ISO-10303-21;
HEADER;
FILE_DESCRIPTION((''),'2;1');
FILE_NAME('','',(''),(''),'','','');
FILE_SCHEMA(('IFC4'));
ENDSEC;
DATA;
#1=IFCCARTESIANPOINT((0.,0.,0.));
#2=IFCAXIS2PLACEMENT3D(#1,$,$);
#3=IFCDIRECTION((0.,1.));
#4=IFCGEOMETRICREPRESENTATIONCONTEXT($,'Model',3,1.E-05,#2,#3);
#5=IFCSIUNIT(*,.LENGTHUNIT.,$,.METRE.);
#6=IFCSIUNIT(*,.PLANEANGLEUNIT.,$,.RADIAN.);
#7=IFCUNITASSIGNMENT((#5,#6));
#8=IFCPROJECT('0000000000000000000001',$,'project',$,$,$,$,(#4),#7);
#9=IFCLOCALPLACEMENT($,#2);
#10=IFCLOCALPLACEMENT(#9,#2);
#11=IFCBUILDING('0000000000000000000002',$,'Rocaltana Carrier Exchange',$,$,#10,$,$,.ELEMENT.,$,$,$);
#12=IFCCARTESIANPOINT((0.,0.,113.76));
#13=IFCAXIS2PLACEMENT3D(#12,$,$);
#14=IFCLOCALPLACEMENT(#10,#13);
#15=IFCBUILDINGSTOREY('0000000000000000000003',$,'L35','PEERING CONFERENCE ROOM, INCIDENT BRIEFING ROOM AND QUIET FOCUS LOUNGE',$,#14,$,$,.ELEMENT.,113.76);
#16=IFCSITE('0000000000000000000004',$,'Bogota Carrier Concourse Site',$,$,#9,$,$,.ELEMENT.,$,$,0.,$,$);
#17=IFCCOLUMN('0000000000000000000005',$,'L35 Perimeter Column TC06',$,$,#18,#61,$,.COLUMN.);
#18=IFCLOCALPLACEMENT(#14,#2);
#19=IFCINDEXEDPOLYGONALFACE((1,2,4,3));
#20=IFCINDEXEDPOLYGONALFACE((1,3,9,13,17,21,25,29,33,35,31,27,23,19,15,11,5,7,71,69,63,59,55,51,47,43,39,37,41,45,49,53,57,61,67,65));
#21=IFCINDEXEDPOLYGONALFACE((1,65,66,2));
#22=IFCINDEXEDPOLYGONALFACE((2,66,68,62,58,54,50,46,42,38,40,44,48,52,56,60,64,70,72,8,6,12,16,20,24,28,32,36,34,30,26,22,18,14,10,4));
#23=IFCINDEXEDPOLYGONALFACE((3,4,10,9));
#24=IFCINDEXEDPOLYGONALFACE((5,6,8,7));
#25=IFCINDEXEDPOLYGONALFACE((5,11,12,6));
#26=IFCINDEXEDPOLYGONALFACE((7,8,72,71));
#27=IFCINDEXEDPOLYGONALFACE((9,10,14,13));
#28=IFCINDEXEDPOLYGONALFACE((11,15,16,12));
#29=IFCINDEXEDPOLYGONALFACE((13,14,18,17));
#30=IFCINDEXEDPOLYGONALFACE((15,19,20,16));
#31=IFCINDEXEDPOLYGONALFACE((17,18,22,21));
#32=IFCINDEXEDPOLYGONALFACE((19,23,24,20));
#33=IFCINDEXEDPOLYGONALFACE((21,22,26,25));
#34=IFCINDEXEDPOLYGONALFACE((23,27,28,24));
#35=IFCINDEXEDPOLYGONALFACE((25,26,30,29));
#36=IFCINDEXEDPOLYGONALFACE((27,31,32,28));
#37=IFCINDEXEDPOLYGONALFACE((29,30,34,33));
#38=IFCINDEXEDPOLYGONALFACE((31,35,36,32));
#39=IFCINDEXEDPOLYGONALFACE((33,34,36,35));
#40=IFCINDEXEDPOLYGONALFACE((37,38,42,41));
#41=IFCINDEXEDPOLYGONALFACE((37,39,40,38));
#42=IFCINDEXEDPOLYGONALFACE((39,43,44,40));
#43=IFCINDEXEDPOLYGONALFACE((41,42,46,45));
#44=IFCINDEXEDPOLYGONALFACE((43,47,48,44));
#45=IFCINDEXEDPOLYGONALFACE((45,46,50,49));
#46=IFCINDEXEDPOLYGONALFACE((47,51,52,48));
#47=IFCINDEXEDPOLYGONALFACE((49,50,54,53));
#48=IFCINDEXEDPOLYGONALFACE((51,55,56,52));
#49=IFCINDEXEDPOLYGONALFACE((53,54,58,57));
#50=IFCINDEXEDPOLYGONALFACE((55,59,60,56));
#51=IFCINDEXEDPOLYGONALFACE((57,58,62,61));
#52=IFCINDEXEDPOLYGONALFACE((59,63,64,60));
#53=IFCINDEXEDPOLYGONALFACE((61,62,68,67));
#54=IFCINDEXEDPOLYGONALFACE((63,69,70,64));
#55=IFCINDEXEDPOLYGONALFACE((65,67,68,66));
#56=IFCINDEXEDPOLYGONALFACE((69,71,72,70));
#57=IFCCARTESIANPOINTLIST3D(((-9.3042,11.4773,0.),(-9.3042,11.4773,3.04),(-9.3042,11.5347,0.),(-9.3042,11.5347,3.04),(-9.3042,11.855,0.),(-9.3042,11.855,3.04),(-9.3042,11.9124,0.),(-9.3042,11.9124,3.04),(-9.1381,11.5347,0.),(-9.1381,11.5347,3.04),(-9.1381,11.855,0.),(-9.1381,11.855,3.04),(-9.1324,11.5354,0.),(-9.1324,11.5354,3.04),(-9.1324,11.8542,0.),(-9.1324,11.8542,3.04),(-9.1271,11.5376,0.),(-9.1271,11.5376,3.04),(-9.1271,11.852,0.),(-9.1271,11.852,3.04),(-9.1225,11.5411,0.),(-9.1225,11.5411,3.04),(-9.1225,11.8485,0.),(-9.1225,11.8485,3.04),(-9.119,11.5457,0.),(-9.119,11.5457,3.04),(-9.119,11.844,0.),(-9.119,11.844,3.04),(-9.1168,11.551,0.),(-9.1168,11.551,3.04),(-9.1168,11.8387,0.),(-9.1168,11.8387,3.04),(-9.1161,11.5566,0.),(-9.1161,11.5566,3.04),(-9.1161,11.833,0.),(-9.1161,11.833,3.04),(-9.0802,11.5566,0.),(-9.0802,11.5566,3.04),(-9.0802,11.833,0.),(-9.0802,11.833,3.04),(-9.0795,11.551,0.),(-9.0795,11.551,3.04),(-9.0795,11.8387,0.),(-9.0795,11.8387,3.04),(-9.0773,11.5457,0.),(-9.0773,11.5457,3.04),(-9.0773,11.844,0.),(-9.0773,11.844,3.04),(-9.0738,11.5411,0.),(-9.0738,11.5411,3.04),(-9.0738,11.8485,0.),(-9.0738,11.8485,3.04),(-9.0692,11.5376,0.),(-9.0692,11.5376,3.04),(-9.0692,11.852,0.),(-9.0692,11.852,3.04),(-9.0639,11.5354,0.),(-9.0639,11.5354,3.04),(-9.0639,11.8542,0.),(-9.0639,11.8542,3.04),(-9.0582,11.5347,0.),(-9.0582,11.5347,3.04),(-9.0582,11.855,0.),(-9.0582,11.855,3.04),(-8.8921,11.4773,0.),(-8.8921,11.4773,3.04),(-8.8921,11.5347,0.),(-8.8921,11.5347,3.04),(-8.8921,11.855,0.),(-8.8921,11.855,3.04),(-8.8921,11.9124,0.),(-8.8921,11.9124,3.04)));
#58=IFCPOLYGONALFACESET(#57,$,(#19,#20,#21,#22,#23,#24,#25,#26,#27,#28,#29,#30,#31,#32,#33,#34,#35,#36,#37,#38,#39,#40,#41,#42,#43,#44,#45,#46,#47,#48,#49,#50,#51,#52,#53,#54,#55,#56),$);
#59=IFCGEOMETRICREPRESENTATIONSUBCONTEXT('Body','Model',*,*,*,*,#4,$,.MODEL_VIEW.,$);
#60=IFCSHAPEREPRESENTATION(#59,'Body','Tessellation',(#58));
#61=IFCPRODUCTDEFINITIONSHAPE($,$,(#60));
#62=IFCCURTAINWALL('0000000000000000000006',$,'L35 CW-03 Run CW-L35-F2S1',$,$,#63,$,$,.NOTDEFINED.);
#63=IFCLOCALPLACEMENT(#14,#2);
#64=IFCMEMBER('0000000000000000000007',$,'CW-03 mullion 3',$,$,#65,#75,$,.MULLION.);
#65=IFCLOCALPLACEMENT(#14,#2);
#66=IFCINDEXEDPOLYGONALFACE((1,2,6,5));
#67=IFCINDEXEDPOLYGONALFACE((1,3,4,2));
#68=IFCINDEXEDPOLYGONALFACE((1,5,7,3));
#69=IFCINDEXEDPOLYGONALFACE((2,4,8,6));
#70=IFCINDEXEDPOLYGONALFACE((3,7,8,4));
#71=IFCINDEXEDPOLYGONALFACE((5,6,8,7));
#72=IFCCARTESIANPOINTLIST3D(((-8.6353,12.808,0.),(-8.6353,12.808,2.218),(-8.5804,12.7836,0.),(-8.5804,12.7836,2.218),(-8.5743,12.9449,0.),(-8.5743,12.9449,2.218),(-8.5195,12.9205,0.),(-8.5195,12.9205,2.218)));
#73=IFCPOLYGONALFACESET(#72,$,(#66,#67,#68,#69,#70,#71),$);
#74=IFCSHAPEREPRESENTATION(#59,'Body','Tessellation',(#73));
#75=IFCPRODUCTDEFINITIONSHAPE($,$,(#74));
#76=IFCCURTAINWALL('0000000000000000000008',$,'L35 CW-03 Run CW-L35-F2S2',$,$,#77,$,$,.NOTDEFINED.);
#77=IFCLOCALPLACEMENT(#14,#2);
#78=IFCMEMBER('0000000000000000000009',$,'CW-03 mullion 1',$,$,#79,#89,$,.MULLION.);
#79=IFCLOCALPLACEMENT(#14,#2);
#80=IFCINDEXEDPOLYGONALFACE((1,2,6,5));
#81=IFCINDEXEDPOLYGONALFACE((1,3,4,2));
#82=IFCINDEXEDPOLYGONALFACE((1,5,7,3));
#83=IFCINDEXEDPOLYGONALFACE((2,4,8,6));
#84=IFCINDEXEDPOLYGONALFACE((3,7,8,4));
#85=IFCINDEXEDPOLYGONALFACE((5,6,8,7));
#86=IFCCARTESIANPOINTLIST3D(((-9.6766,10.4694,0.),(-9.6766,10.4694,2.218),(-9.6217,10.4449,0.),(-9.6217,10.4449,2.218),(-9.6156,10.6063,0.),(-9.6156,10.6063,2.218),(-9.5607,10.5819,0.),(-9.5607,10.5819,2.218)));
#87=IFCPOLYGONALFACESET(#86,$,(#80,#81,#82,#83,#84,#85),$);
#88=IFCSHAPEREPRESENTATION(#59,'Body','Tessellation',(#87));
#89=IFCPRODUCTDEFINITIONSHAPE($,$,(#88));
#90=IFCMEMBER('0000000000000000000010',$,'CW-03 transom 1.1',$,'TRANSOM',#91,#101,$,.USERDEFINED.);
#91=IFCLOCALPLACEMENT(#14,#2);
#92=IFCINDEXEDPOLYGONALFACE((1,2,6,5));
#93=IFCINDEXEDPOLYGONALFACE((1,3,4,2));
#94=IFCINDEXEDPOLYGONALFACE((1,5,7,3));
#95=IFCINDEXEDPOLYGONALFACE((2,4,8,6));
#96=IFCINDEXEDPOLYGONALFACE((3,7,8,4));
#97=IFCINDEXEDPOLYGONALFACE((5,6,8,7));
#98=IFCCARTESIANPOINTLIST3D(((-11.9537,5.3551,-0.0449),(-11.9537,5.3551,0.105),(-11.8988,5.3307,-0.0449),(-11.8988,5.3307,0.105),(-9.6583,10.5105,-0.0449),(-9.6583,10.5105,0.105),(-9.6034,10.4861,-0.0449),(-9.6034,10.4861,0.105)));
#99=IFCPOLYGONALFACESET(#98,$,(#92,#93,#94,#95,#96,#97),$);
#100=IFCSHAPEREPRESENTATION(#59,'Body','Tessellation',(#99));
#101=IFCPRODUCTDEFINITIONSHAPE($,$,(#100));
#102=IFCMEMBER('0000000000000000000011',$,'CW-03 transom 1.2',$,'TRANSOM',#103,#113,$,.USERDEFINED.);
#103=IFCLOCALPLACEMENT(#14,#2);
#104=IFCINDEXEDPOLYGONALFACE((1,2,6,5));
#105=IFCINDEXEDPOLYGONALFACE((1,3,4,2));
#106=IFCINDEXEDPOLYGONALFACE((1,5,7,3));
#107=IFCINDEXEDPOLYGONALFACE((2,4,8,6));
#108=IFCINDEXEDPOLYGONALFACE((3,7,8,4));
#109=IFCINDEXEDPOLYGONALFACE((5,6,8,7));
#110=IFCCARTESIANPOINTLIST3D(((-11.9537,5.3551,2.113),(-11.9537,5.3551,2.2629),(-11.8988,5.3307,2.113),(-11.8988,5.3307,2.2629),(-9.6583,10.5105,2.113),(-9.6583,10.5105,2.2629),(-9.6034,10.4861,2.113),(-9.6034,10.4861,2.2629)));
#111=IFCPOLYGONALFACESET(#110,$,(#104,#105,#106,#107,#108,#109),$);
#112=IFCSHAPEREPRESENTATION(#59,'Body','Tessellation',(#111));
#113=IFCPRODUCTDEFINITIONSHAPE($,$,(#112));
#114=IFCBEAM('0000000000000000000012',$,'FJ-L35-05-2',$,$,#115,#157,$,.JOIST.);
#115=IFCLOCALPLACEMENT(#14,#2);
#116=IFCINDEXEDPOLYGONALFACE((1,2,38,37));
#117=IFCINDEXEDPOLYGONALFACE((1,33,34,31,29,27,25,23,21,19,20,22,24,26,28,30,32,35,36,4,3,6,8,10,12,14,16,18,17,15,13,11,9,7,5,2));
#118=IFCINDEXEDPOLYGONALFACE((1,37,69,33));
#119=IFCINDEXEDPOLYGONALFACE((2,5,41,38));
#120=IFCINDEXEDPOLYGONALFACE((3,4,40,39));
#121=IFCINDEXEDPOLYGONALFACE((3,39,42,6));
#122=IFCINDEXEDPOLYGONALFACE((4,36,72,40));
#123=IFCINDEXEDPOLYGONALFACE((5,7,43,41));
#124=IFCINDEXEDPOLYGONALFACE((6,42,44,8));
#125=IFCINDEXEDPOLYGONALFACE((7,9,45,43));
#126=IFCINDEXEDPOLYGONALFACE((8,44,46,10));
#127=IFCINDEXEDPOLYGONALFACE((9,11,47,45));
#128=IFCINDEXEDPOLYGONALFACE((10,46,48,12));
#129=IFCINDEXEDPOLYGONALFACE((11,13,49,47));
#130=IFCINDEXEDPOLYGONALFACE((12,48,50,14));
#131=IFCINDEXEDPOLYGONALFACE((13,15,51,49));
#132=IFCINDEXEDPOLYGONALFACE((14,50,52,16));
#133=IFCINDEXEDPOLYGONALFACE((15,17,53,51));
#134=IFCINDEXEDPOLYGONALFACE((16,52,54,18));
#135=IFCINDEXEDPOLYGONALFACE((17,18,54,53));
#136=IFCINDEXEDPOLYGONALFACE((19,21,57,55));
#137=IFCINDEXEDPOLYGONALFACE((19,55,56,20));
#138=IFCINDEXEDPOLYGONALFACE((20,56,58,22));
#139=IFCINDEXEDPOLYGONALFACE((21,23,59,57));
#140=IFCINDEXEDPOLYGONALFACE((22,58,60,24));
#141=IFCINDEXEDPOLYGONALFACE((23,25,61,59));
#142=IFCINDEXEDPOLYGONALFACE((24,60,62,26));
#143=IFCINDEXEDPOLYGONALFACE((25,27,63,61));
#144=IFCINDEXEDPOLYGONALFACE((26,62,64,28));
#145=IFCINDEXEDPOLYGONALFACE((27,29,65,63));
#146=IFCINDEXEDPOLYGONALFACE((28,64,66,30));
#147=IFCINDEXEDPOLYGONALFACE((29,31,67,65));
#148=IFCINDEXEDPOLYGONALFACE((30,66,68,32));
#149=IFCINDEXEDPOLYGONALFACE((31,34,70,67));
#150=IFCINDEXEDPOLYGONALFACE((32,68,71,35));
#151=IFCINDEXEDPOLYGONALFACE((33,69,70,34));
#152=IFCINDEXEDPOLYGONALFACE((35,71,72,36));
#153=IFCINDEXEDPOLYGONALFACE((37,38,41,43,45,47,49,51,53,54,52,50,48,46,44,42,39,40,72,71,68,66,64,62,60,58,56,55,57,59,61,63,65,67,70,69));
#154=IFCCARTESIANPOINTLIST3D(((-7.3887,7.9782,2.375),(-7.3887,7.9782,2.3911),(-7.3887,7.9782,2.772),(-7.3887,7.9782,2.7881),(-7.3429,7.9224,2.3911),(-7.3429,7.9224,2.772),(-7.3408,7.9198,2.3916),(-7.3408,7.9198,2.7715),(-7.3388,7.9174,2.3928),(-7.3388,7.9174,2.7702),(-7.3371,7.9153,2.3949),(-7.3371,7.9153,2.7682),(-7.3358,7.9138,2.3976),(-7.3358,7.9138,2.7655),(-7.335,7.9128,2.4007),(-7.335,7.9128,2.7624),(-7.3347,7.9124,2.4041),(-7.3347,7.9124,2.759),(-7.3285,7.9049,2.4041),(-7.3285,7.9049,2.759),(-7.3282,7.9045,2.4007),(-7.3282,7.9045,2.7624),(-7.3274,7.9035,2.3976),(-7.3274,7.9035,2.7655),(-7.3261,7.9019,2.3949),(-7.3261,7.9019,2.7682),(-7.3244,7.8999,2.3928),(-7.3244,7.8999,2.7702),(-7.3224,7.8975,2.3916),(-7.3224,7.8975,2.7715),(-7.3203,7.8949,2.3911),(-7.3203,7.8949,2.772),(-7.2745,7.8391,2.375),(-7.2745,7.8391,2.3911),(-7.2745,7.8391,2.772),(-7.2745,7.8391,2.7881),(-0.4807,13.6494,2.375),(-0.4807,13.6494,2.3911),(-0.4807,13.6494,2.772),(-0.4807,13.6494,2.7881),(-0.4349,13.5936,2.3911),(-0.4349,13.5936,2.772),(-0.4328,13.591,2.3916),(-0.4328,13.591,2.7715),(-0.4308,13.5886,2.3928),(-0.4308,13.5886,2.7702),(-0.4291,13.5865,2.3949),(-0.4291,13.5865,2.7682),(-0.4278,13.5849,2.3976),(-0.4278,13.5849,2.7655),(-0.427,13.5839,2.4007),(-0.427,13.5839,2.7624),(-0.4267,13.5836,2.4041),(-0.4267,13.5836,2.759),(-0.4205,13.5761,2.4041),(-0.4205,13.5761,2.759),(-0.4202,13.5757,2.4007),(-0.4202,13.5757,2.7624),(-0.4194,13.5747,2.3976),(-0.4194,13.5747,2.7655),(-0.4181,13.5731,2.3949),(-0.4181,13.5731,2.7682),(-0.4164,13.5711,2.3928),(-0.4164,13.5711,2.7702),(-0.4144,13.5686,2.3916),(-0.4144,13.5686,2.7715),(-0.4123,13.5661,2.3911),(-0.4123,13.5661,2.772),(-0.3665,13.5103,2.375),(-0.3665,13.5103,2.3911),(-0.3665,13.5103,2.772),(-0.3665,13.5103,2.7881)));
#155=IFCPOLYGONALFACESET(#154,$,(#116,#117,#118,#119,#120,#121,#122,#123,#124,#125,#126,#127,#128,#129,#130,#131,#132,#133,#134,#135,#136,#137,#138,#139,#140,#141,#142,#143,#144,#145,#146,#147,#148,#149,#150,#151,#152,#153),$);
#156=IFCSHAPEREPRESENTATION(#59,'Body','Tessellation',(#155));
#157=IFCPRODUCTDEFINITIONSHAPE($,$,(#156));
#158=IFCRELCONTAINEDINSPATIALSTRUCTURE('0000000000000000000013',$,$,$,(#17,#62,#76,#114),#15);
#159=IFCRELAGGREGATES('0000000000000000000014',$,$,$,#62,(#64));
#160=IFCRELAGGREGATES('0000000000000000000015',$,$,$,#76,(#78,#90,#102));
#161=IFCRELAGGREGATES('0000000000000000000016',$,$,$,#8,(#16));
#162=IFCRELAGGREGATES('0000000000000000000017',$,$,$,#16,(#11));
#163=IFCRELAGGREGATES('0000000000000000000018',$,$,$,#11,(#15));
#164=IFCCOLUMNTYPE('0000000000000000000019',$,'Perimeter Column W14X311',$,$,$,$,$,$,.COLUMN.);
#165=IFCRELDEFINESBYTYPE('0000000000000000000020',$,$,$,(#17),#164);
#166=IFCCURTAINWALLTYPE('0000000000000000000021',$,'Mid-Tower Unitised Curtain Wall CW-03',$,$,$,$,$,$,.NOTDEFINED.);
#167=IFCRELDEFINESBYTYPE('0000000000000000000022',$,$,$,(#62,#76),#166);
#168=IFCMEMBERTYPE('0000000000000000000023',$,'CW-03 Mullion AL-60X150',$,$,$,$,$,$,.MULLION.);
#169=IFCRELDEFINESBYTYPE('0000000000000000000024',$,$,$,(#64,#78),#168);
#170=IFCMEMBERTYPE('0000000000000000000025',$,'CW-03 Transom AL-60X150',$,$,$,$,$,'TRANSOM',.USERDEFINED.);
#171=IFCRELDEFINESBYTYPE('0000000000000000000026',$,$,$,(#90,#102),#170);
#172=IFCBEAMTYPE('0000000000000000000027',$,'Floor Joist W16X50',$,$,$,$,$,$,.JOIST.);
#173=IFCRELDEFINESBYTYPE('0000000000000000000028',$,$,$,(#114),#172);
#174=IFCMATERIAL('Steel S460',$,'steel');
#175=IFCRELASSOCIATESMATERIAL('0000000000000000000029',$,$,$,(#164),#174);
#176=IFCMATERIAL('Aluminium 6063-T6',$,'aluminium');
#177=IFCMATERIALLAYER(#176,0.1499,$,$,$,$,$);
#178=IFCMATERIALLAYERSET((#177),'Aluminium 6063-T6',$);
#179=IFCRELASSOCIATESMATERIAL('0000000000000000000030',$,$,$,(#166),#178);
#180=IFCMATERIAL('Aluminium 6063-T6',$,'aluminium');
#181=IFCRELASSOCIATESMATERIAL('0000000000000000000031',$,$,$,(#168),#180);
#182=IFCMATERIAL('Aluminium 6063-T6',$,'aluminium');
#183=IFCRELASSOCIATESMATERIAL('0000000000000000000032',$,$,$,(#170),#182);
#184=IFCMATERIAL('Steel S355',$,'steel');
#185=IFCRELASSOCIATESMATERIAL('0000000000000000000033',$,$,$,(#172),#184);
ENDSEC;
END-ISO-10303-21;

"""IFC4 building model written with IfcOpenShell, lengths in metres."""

from ifc_helpers import new_model, si_unit, direction, frame, origin, origin_2d, place, context, subcontext, project, spatial, rectangle, i_section, extrude, material, layer, layer_set, material_profile, profile_set, type_object, element, aggregate, save


model = new_model("IFC4")

# Units and contexts
model_context = context("Model", 3, precision=1e-05, world=origin(), true_north=direction((0.0, 1.0)))
body_context = subcontext(model_context, "Body", "Model", "MODEL_VIEW")
ifc_project = project(units=[si_unit("LENGTHUNIT", "METRE"), si_unit("PLANEANGLEUNIT", "RADIAN")], contexts=[model_context])

# Site, building, storey
site_placement = place(None, origin())
site = spatial("IfcSite", under=ifc_project, at=site_placement, Name="Bogota Carrier Concourse Site", CompositionType="ELEMENT", RefElevation=0.0)
building_placement = place(site_placement, origin())
building = spatial("IfcBuilding", under=site, at=building_placement, Name="Rocaltana Carrier Exchange", CompositionType="ELEMENT")
storey_placement = place(building_placement, frame((0.0, 0.0, 113.76)))
storey = spatial("IfcBuildingStorey", under=building, at=storey_placement, Name="L35", Description="PEERING CONFERENCE ROOM, INCIDENT BRIEFING ROOM AND QUIET FOCUS LOUNGE", CompositionType="ELEMENT", Elevation=113.76)

# Column
ifc_material_1 = material(Name="Steel S460", Category="steel")
ifc_material_profile_1 = material_profile(ifc_material_1, i_section(OverallWidth=0.4121, OverallDepth=0.4351, WebThickness=0.0359, FlangeThickness=0.0574, FilletRadius=0.022, at=origin_2d()), Name="W14X311")
ifc_profile_set_1 = profile_set([ifc_material_profile_1], Name="Steel S460")
column_type = type_object("IfcColumnType", Name="Perimeter Column W14X311", PredefinedType="COLUMN", material=ifc_profile_set_1)
column_placement = place(storey_placement, frame((-9.0981, 11.6948, 0.0), z_axis=(0.0, 0.0, 1.0), x_axis=(1.0, 0.0, 0.0)))
element("IfcColumn", 1, at=column_placement, inside=storey, type_object=column_type, Name="L35 Perimeter Column TC06", PredefinedType="COLUMN", context=body_context, shape_type="SweptSolid", body=[
    extrude(i_section(OverallWidth=0.4121, OverallDepth=0.4351, WebThickness=0.0359, FlangeThickness=0.0574, FilletRadius=0.022, at=origin_2d()), origin(), (0.0, 0.0, 1.0), 3.04),
])

# Curtain wall, member
ifc_material_2 = material(Name="Aluminium 6063-T6", Category="aluminium")
ifc_layer_1 = layer(ifc_material_2, 0.1499)
ifc_layer_set_1 = layer_set([ifc_layer_1], Name="Aluminium 6063-T6")
curtain_wall_type = type_object("IfcCurtainWallType", Name="Mid-Tower Unitised Curtain Wall CW-03", PredefinedType="NOTDEFINED", material=ifc_layer_set_1)
curtain_wall_1_placement = place(storey_placement, origin())
curtain_wall_1 = element("IfcCurtainWall", 2, at=curtain_wall_1_placement, inside=storey, type_object=curtain_wall_type, Name="L35 CW-03 Run CW-L35-F2S1", PredefinedType="NOTDEFINED")
ifc_material_3 = material(Name="Aluminium 6063-T6", Category="aluminium")
ifc_material_profile_2 = material_profile(ifc_material_3, rectangle(XDim=0.0601, YDim=0.1499, at=origin_2d()), Name="AL-60X150")
ifc_profile_set_2 = profile_set([ifc_material_profile_2], Name="Aluminium 6063-T6")
member_type_1 = type_object("IfcMemberType", Name="CW-03 Mullion AL-60X150", PredefinedType="MULLION", material=ifc_profile_set_2)
member_1_placement = place(storey_placement, frame((-8.5774, 12.8643, 0.0), z_axis=(0.0, 0.0, 1.0), x_axis=(0.913544, -0.40674, 0.0)))
member_1 = element("IfcMember", 3, at=member_1_placement, type_object=member_type_1, Name="CW-03 mullion 3", PredefinedType="MULLION", context=body_context, shape_type="SweptSolid", body=[
    extrude(rectangle(XDim=0.0601, YDim=0.1499, at=origin_2d()), origin(), (0.0, 0.0, 1.0), 2.218),
])
aggregate(curtain_wall_1, [member_1])

# Curtain wall, members
curtain_wall_2_placement = place(storey_placement, origin())
curtain_wall_2 = element("IfcCurtainWall", 4, at=curtain_wall_2_placement, inside=storey, type_object=curtain_wall_type, Name="L35 CW-03 Run CW-L35-F2S2", PredefinedType="NOTDEFINED")
member_2_placement = place(storey_placement, frame((-9.6187, 10.5256, 0.0), z_axis=(0.0, 0.0, 1.0), x_axis=(0.913542, -0.406744, 0.0)))
member_2 = element("IfcMember", 5, at=member_2_placement, type_object=member_type_1, Name="CW-03 mullion 1", PredefinedType="MULLION", context=body_context, shape_type="SweptSolid", body=[
    extrude(rectangle(XDim=0.0601, YDim=0.1499, at=origin_2d()), origin(), (0.0, 0.0, 1.0), 2.218),
])
ifc_material_4 = material(Name="Aluminium 6063-T6", Category="aluminium")
ifc_material_profile_3 = material_profile(ifc_material_4, rectangle(XDim=0.0601, YDim=0.1499, at=origin_2d()), Name="AL-60X150")
ifc_profile_set_3 = profile_set([ifc_material_profile_3], Name="Aluminium 6063-T6")
member_type_2 = type_object("IfcMemberType", Name="CW-03 Transom AL-60X150", ElementType="TRANSOM", PredefinedType="USERDEFINED", material=ifc_profile_set_3)
member_3_placement = place(storey_placement, frame((-9.6309, 10.4983, 0.03), z_axis=(-0.40674, -0.913544, 0.0), x_axis=(0.913544, -0.40674, 0.0)))
member_3 = element("IfcMember", 6, at=member_3_placement, type_object=member_type_2, Name="CW-03 transom 1.1", ObjectType="TRANSOM", PredefinedType="USERDEFINED", context=body_context, shape_type="SweptSolid", body=[
    extrude(rectangle(XDim=0.0601, YDim=0.1499, at=origin_2d()), origin(), (0.0, 0.0, 1.0), 5.6433),
])
member_4_placement = place(storey_placement, frame((-9.6309, 10.4983, 2.188), z_axis=(-0.40674, -0.913544, 0.0), x_axis=(0.913544, -0.40674, 0.0)))
member_4 = element("IfcMember", 7, at=member_4_placement, type_object=member_type_2, Name="CW-03 transom 1.2", ObjectType="TRANSOM", PredefinedType="USERDEFINED", context=body_context, shape_type="SweptSolid", body=[
    extrude(rectangle(XDim=0.0601, YDim=0.1499, at=origin_2d()), origin(), (0.0, 0.0, 1.0), 5.6433),
])

# Beam
ifc_material_5 = material(Name="Steel S355", Category="steel")
ifc_material_profile_4 = material_profile(ifc_material_5, i_section(OverallWidth=0.1799, OverallDepth=0.4131, WebThickness=0.0098, FlangeThickness=0.0161, FilletRadius=0.0129, at=origin_2d()), Name="W16X50")
ifc_profile_set_4 = profile_set([ifc_material_profile_4], Name="Steel S355")
beam_type_1 = type_object("IfcBeamType", Name="Floor Joist W16X50", PredefinedType="JOIST", material=ifc_profile_set_4)
beam_1_placement = place(storey_placement, frame((-0.4236, 13.5798, 2.5815), z_axis=(-0.772905, -0.634522, 0.0), x_axis=(0.634522, -0.772905, 0.0)))
element("IfcBeam", 8, at=beam_1_placement, inside=storey, type_object=beam_type_1, Name="FJ-L35-05-2", PredefinedType="JOIST", context=body_context, shape_type="SweptSolid", body=[
    extrude(i_section(OverallWidth=0.1799, OverallDepth=0.4131, WebThickness=0.0098, FlangeThickness=0.0161, FilletRadius=0.0129, at=origin_2d()), origin(), (0.0, 0.0, 1.0), 8.9377),
])

aggregate(curtain_wall_2, [member_2, member_3, member_4])

save(model, "model.ifc")
